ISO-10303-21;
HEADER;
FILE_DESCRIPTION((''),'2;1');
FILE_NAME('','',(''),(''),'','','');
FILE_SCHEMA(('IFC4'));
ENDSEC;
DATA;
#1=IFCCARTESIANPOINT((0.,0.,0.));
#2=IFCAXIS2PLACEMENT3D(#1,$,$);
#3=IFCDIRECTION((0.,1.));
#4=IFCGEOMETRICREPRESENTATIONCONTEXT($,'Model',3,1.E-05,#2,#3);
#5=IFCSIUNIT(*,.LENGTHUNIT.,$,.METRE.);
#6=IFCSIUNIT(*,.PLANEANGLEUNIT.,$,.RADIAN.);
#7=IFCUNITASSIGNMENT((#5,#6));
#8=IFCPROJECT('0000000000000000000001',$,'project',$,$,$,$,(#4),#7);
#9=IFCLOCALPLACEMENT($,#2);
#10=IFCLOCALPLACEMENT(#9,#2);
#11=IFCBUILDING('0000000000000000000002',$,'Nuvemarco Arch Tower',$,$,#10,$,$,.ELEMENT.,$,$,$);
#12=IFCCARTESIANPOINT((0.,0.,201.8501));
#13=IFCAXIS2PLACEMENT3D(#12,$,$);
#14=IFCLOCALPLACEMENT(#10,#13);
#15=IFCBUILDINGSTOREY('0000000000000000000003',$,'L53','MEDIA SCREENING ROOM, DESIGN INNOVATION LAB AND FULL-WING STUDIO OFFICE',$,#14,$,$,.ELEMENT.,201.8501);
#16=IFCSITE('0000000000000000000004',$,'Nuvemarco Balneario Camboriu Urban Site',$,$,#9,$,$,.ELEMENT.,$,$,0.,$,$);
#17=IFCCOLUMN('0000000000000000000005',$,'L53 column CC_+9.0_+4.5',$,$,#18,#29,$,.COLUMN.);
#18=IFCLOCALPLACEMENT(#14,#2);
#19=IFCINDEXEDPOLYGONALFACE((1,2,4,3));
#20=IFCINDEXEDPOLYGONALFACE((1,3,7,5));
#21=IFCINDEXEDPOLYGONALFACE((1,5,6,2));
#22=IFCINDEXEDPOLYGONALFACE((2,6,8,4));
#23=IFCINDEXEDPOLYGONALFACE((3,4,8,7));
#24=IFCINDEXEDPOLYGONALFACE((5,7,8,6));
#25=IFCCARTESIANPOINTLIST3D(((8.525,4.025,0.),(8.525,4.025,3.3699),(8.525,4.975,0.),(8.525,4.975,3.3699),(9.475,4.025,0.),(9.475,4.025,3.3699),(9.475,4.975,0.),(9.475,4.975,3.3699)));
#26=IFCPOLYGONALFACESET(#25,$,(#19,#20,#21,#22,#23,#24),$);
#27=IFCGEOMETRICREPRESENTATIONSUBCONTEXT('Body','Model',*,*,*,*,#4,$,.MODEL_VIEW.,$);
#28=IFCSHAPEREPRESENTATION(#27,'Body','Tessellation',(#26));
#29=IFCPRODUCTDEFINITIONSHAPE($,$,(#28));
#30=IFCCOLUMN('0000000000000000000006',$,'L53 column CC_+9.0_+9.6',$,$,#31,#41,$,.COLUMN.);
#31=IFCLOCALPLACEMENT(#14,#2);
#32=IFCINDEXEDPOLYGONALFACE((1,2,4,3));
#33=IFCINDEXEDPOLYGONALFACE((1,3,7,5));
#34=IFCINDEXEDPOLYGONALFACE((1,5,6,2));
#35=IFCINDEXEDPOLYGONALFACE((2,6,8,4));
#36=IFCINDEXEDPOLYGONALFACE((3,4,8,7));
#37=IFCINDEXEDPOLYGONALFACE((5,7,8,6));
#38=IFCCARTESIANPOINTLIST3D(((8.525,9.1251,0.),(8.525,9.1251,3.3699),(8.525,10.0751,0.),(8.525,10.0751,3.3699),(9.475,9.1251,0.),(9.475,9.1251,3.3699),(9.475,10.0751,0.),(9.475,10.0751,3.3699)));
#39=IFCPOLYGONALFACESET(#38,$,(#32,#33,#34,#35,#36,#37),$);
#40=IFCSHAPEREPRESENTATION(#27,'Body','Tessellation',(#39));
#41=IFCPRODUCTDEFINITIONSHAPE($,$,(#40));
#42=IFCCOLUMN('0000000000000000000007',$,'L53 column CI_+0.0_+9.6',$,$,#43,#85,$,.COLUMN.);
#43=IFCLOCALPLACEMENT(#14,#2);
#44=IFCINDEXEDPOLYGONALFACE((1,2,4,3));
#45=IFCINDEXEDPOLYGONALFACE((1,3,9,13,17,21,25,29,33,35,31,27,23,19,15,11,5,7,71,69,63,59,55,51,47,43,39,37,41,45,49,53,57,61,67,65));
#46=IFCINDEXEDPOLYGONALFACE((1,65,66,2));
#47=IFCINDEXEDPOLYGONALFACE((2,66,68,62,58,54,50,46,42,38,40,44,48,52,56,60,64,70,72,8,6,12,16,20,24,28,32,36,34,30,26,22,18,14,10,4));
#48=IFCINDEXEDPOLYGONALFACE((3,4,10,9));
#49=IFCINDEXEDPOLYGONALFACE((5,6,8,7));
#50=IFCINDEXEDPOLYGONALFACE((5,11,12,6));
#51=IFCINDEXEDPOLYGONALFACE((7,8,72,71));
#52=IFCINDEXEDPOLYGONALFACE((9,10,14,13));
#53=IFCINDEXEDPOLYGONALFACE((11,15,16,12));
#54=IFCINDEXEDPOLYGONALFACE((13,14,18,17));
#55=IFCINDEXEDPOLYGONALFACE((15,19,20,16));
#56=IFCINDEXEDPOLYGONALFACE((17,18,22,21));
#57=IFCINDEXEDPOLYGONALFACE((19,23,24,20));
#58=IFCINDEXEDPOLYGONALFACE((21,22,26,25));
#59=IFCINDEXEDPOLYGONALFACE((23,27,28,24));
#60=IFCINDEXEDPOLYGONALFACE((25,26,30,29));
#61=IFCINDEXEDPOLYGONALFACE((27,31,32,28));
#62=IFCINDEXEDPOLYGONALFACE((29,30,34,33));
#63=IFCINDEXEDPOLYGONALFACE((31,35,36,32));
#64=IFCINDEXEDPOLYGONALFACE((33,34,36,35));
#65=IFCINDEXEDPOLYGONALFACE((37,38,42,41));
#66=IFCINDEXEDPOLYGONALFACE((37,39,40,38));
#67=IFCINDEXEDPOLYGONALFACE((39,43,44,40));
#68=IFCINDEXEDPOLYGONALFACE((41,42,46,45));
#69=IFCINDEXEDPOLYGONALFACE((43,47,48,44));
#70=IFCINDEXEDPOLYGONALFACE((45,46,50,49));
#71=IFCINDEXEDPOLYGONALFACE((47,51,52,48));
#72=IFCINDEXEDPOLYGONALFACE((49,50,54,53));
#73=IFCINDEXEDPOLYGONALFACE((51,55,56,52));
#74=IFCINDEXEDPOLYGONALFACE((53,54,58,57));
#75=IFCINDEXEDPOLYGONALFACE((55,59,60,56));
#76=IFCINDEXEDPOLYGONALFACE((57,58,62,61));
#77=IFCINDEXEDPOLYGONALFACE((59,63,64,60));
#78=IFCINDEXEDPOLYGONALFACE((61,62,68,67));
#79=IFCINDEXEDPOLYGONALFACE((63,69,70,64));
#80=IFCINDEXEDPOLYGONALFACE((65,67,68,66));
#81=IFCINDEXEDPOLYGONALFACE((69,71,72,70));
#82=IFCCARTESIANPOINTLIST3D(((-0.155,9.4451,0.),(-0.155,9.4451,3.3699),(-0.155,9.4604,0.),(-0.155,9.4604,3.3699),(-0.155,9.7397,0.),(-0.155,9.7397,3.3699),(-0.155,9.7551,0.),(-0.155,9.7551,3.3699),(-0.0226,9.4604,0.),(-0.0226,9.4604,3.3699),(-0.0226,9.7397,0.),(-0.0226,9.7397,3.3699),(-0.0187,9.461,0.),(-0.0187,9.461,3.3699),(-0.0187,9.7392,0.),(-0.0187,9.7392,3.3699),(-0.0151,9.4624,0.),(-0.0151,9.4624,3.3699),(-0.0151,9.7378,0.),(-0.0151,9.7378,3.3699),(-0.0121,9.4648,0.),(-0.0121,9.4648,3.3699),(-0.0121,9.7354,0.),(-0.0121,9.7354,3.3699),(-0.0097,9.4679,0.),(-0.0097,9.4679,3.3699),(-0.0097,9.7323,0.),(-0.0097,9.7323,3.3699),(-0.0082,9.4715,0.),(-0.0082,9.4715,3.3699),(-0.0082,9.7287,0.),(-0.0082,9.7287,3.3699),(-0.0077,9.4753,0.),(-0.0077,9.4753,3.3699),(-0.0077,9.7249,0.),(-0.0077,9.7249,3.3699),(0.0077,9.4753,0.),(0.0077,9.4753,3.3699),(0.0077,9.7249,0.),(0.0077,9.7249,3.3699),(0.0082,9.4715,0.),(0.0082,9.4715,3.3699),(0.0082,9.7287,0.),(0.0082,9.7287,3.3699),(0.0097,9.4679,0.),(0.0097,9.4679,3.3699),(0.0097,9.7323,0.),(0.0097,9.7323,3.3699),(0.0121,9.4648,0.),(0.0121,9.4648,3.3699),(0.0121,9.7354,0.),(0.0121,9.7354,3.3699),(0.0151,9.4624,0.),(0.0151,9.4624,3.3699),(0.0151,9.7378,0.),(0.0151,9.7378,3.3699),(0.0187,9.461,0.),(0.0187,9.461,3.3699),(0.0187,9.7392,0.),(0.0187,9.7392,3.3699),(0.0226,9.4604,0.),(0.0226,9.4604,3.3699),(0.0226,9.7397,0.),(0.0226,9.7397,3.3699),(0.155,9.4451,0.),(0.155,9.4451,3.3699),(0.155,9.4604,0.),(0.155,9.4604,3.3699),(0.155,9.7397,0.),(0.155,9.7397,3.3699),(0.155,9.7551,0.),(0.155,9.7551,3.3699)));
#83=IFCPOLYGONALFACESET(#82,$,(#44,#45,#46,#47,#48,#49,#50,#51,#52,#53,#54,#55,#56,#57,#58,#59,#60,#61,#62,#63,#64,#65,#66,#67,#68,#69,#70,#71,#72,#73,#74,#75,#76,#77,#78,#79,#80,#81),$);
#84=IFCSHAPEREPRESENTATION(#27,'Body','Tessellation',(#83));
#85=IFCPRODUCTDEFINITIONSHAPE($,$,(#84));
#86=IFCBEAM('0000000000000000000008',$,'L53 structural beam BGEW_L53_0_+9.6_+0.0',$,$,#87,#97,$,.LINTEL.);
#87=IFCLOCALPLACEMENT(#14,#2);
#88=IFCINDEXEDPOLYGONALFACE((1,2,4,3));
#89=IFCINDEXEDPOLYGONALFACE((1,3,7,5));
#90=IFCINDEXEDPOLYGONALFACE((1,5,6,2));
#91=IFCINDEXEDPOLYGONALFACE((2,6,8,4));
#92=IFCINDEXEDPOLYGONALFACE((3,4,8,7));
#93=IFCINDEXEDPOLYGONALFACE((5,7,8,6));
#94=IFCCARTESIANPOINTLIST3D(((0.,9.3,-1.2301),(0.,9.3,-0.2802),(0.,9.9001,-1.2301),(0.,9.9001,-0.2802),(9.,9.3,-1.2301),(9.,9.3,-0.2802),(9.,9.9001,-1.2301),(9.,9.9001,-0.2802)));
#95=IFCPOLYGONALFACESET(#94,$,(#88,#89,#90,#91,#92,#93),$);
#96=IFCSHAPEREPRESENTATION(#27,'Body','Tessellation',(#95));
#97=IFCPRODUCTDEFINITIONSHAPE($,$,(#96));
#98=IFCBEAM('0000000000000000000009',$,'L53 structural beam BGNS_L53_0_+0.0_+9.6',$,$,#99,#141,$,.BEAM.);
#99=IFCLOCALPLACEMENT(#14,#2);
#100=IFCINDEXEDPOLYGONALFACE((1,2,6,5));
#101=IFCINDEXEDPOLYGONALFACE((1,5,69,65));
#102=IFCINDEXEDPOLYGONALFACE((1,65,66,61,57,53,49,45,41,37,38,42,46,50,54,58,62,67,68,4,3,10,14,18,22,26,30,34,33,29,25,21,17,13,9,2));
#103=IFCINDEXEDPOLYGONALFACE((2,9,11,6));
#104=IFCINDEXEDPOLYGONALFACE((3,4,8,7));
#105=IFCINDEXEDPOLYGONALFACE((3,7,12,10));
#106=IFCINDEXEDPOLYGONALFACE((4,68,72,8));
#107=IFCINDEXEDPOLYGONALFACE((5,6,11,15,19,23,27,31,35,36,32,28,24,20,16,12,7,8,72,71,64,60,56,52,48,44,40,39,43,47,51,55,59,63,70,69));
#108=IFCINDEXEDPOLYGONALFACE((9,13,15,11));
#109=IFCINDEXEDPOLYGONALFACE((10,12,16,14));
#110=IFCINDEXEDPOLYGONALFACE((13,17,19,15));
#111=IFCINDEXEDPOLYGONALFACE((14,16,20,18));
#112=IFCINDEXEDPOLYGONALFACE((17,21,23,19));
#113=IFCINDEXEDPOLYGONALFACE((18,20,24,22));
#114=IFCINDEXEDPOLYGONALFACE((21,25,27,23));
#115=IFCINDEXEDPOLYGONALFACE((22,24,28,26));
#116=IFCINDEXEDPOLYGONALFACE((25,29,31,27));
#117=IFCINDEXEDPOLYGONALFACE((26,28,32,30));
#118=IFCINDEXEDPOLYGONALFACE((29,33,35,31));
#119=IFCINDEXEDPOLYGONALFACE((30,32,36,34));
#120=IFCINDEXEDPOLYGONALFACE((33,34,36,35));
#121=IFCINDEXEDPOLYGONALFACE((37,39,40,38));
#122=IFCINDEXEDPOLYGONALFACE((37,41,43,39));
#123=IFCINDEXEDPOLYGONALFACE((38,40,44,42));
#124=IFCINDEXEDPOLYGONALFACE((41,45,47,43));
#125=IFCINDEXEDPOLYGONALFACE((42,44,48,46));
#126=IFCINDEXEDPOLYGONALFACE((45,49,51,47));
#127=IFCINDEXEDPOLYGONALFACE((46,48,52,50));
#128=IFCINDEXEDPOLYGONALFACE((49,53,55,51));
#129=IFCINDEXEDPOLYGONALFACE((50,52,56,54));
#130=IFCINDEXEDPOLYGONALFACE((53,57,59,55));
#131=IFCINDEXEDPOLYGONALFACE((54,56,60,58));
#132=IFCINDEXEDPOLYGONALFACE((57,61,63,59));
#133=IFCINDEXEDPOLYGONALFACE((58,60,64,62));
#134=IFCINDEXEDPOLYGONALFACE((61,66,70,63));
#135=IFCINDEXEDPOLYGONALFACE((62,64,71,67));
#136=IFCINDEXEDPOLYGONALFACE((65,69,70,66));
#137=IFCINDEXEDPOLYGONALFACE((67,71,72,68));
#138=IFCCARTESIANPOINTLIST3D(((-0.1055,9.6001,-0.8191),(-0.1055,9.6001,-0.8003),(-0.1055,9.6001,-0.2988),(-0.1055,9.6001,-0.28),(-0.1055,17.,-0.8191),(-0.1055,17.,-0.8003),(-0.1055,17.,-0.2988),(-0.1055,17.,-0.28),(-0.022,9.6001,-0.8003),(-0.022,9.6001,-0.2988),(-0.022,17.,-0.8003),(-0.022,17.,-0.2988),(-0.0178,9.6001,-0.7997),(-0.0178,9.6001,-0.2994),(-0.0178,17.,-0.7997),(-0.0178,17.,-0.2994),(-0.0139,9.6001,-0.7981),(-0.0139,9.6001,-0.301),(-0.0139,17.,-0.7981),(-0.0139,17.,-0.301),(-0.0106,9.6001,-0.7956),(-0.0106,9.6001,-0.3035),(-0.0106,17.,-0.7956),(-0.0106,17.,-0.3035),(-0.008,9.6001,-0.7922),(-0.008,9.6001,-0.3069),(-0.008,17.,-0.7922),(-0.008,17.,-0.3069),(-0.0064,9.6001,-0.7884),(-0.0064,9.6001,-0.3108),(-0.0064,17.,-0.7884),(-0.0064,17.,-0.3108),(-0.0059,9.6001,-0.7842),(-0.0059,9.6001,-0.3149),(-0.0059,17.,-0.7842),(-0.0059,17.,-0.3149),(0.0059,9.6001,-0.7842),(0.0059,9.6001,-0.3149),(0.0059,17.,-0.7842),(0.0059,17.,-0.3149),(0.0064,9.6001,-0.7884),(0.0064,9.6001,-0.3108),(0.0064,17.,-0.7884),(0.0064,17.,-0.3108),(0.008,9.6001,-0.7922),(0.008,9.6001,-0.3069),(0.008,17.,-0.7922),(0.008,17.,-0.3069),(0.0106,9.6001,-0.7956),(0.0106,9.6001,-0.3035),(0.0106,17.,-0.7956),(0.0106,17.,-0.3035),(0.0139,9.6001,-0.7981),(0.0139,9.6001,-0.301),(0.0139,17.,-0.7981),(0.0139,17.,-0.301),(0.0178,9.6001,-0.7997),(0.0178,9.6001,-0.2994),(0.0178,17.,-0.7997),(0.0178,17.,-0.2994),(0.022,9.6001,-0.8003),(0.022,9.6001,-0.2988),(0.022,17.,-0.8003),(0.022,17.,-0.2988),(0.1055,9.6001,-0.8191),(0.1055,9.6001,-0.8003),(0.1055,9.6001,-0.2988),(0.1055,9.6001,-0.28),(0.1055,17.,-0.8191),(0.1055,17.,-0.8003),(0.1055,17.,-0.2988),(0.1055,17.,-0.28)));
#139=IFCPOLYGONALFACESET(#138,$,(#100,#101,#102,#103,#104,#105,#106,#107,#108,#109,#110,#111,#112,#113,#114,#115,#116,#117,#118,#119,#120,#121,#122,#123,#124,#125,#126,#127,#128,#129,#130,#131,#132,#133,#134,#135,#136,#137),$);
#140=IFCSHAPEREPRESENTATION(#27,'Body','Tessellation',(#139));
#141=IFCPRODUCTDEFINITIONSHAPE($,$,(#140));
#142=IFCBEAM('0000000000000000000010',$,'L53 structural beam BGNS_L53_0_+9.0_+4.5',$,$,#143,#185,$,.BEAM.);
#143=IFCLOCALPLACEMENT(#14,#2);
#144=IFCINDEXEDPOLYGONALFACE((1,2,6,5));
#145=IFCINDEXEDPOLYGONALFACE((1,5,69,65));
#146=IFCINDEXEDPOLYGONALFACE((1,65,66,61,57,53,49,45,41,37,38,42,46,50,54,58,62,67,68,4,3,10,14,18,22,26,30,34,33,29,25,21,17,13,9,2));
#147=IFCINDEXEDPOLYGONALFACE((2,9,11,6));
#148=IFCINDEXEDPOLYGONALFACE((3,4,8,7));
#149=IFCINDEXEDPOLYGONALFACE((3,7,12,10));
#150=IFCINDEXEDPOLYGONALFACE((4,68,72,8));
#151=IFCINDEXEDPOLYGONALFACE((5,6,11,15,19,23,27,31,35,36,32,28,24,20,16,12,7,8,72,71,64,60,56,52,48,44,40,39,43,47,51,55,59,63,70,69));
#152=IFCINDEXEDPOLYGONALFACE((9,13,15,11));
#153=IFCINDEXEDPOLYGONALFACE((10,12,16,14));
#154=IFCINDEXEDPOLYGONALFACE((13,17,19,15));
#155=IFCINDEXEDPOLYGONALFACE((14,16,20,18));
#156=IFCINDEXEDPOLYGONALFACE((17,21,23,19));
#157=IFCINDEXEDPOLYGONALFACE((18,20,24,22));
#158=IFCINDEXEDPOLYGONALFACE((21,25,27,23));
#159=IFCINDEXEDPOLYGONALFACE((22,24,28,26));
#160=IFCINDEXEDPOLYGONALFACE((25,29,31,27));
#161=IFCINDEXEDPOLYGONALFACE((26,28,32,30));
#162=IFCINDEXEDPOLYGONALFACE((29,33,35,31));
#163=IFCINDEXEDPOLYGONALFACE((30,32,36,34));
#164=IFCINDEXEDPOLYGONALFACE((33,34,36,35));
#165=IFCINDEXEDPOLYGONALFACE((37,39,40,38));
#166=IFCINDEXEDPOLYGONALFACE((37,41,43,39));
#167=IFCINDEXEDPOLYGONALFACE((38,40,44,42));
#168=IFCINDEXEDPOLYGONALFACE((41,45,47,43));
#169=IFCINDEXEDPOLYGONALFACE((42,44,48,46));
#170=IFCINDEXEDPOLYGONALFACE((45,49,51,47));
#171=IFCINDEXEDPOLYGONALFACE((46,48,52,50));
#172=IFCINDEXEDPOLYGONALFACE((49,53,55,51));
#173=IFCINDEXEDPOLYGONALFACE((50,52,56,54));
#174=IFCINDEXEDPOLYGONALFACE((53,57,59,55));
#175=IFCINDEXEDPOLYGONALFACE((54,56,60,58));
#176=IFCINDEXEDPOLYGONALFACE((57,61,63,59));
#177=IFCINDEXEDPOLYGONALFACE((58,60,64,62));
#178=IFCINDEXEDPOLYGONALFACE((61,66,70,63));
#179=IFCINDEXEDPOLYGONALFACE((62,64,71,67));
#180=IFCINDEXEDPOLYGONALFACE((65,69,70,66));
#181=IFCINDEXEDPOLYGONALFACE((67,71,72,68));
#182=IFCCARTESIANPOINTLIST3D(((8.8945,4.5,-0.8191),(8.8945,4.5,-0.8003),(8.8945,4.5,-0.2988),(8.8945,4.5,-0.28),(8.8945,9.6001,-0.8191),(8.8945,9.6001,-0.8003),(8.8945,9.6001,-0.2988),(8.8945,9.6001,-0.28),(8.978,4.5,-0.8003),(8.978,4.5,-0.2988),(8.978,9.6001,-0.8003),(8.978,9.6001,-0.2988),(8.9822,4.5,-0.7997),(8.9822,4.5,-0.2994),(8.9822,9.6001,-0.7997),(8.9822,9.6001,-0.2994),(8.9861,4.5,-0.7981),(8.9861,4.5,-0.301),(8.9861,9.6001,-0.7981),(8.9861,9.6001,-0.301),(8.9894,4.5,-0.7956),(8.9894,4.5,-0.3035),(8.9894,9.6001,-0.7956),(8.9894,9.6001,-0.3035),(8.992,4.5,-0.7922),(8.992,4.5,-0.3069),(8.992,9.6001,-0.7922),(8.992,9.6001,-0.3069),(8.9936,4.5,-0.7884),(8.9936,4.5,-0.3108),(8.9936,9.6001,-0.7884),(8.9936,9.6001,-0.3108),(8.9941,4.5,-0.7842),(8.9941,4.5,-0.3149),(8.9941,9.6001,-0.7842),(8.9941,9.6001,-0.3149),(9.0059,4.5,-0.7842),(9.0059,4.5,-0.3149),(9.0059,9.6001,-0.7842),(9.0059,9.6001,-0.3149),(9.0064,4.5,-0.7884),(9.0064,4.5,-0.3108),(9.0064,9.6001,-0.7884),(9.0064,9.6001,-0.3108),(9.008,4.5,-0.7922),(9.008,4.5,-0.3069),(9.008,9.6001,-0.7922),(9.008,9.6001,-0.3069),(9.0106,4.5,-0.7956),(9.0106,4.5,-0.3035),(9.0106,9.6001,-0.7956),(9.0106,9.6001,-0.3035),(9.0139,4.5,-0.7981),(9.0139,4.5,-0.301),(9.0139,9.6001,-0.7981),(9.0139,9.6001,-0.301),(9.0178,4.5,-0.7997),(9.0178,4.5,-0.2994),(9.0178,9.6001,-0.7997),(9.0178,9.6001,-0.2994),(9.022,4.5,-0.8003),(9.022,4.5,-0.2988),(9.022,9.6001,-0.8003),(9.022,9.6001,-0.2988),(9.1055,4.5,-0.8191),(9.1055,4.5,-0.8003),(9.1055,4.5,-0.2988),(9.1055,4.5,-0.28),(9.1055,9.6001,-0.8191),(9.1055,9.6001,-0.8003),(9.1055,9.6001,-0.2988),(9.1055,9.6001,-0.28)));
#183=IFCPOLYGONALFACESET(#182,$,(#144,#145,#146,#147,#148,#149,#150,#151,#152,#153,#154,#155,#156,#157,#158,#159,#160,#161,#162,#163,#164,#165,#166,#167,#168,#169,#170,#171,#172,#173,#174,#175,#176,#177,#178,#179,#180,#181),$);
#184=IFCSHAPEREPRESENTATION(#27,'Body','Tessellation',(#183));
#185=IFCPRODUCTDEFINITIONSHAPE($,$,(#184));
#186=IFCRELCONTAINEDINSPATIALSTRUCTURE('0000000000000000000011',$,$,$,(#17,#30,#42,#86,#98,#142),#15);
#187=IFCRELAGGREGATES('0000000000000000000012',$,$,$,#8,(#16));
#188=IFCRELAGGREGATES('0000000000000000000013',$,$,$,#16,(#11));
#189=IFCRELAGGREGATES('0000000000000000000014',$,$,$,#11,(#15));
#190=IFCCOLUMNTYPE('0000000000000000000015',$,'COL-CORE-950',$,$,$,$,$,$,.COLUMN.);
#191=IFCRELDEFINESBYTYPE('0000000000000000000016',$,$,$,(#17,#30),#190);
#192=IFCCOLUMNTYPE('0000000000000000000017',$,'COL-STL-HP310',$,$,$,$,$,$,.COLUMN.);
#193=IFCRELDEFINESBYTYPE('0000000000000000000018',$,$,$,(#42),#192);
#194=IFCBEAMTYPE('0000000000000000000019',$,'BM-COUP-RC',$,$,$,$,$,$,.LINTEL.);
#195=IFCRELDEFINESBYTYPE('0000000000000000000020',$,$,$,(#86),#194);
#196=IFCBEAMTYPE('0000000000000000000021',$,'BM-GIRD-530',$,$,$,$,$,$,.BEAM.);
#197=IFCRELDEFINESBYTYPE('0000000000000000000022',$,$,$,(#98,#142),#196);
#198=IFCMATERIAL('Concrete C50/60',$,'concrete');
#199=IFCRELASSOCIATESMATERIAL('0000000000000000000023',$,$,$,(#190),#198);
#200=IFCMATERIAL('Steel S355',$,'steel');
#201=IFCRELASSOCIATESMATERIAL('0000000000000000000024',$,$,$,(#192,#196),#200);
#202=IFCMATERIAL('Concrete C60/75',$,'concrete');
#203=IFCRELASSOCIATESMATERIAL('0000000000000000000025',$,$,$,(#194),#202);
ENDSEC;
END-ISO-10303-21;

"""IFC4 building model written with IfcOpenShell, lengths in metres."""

from ifc_helpers import new_model, si_unit, direction, frame, origin, origin_2d, place, context, subcontext, project, spatial, rectangle, i_section, extrude, material, material_profile, profile_set, type_object, element, save


model = new_model("IFC4")

# Units and contexts
model_context = context("Model", 3, precision=1e-05, world=origin(), true_north=direction((0.0, 1.0)))
body_context = subcontext(model_context, "Body", "Model", "MODEL_VIEW")
ifc_project = project(units=[si_unit("LENGTHUNIT", "METRE"), si_unit("PLANEANGLEUNIT", "RADIAN")], contexts=[model_context])

# Site, building, storey
site_placement = place(None, origin())
site = spatial("IfcSite", under=ifc_project, at=site_placement, Name="Nuvemarco Balneario Camboriu Urban Site", CompositionType="ELEMENT", RefElevation=0.0)
building_placement = place(site_placement, origin())
building = spatial("IfcBuilding", under=site, at=building_placement, Name="Nuvemarco Arch Tower", CompositionType="ELEMENT")
storey_placement = place(building_placement, frame((0.0, 0.0, 201.8501)))
storey = spatial("IfcBuildingStorey", under=building, at=storey_placement, Name="L53", Description="MEDIA SCREENING ROOM, DESIGN INNOVATION LAB AND FULL-WING STUDIO OFFICE", CompositionType="ELEMENT", Elevation=201.8501)

# Columns
ifc_material_1 = material(Name="Concrete C50/60", Category="concrete")
ifc_material_profile_1 = material_profile(ifc_material_1, rectangle(XDim=0.95, YDim=0.95, at=origin_2d()), Name="RC-COL-950x950")
ifc_profile_set_1 = profile_set([ifc_material_profile_1], Name="Concrete C50/60")
column_type_1 = type_object("IfcColumnType", Name="COL-CORE-950", PredefinedType="COLUMN", material=ifc_profile_set_1)
for number, where, z_axis, x_axis, name in (
    (1, (9.0, 4.5, 0.0), (0.0, 0.0, 1.0), (1.0, 0.0, 0.0), "L53 column CC_+9.0_+4.5"),
    (2, (9.0, 9.6001, 0.0), (0.0, 0.0, 1.0), (1.0, 0.0, 0.0), "L53 column CC_+9.0_+9.6"),
):
    element("IfcColumn", number, at=place(storey_placement, frame(where, z_axis=z_axis, x_axis=x_axis)), inside=storey, type_object=column_type_1, Name=name, PredefinedType="COLUMN", context=body_context, shape_type="SweptSolid", body=[
        extrude(rectangle(XDim=0.95, YDim=0.95, at=origin_2d()), origin(), (0.0, 0.0, 1.0), 3.3699),
    ])
ifc_material_2 = material(Name="Steel S355", Category="steel")
ifc_material_profile_2 = material_profile(ifc_material_2, i_section(OverallWidth=0.3101, OverallDepth=0.3101, WebThickness=0.0154, FlangeThickness=0.0154, FilletRadius=0.0149, at=origin_2d()), Name="HP310x110")
ifc_profile_set_2 = profile_set([ifc_material_profile_2], Name="Steel S355")
column_type_2 = type_object("IfcColumnType", Name="COL-STL-HP310", PredefinedType="COLUMN", material=ifc_profile_set_2)
column_placement = place(storey_placement, frame((0.0, 9.6001, 0.0), z_axis=(0.0, 0.0, 1.0), x_axis=(1.0, 0.0, 0.0)))
element("IfcColumn", 3, at=column_placement, inside=storey, type_object=column_type_2, Name="L53 column CI_+0.0_+9.6", PredefinedType="COLUMN", context=body_context, shape_type="SweptSolid", body=[
    extrude(i_section(OverallWidth=0.3101, OverallDepth=0.3101, WebThickness=0.0154, FlangeThickness=0.0154, FilletRadius=0.0149, at=origin_2d()), origin(), (0.0, 0.0, 1.0), 3.3699),
])

# Beams
ifc_material_3 = material(Name="Concrete C60/75", Category="concrete")
ifc_material_profile_3 = material_profile(ifc_material_3, rectangle(XDim=0.6001, YDim=0.95, at=origin_2d()), Name="RC-BM-600x950")
ifc_profile_set_3 = profile_set([ifc_material_profile_3], Name="Concrete C60/75")
beam_type_1 = type_object("IfcBeamType", Name="BM-COUP-RC", PredefinedType="LINTEL", material=ifc_profile_set_3)
beam_1_placement = place(storey_placement, frame((0.0, 9.6001, -0.7551), z_axis=(1.0, 0.0, 0.0), x_axis=(0.0, 1.0, 0.0)))
element("IfcBeam", 4, at=beam_1_placement, inside=storey, type_object=beam_type_1, Name="L53 structural beam BGEW_L53_0_+9.6_+0.0", PredefinedType="LINTEL", context=body_context, shape_type="SweptSolid", body=[
    extrude(rectangle(XDim=0.6001, YDim=0.95, at=origin_2d()), origin(), (0.0, 0.0, 1.0), 9.0),
])
ifc_material_profile_4 = material_profile(ifc_material_2, i_section(OverallWidth=0.2109, OverallDepth=0.5391, WebThickness=0.0117, FlangeThickness=0.0188, FilletRadius=0.0161, at=origin_2d()), Name="W530x109")
ifc_profile_set_4 = profile_set([ifc_material_profile_4], Name="Steel S355")
beam_type_2 = type_object("IfcBeamType", Name="BM-GIRD-530", PredefinedType="BEAM", material=ifc_profile_set_4)
beam_2_placement = place(storey_placement, frame((0.0, 9.6001, -0.5496), z_axis=(0.0, 1.0, 0.0), x_axis=(-1.0, 0.0, 0.0)))
element("IfcBeam", 5, at=beam_2_placement, inside=storey, type_object=beam_type_2, Name="L53 structural beam BGNS_L53_0_+0.0_+9.6", PredefinedType="BEAM", context=body_context, shape_type="SweptSolid", body=[
    extrude(i_section(OverallWidth=0.2109, OverallDepth=0.5391, WebThickness=0.0117, FlangeThickness=0.0188, FilletRadius=0.0161, at=origin_2d()), origin(), (0.0, 0.0, 1.0), 7.3999),
])
beam_3_placement = place(storey_placement, frame((9.0, 4.5, -0.5496), z_axis=(0.0, 1.0, 0.0), x_axis=(-1.0, 0.0, 0.0)))
element("IfcBeam", 6, at=beam_3_placement, inside=storey, type_object=beam_type_2, Name="L53 structural beam BGNS_L53_0_+9.0_+4.5", PredefinedType="BEAM", context=body_context, shape_type="SweptSolid", body=[
    extrude(i_section(OverallWidth=0.2109, OverallDepth=0.5391, WebThickness=0.0117, FlangeThickness=0.0188, FilletRadius=0.0161, at=origin_2d()), origin(), (0.0, 0.0, 1.0), 5.1001),
])

save(model, "model.ifc")
